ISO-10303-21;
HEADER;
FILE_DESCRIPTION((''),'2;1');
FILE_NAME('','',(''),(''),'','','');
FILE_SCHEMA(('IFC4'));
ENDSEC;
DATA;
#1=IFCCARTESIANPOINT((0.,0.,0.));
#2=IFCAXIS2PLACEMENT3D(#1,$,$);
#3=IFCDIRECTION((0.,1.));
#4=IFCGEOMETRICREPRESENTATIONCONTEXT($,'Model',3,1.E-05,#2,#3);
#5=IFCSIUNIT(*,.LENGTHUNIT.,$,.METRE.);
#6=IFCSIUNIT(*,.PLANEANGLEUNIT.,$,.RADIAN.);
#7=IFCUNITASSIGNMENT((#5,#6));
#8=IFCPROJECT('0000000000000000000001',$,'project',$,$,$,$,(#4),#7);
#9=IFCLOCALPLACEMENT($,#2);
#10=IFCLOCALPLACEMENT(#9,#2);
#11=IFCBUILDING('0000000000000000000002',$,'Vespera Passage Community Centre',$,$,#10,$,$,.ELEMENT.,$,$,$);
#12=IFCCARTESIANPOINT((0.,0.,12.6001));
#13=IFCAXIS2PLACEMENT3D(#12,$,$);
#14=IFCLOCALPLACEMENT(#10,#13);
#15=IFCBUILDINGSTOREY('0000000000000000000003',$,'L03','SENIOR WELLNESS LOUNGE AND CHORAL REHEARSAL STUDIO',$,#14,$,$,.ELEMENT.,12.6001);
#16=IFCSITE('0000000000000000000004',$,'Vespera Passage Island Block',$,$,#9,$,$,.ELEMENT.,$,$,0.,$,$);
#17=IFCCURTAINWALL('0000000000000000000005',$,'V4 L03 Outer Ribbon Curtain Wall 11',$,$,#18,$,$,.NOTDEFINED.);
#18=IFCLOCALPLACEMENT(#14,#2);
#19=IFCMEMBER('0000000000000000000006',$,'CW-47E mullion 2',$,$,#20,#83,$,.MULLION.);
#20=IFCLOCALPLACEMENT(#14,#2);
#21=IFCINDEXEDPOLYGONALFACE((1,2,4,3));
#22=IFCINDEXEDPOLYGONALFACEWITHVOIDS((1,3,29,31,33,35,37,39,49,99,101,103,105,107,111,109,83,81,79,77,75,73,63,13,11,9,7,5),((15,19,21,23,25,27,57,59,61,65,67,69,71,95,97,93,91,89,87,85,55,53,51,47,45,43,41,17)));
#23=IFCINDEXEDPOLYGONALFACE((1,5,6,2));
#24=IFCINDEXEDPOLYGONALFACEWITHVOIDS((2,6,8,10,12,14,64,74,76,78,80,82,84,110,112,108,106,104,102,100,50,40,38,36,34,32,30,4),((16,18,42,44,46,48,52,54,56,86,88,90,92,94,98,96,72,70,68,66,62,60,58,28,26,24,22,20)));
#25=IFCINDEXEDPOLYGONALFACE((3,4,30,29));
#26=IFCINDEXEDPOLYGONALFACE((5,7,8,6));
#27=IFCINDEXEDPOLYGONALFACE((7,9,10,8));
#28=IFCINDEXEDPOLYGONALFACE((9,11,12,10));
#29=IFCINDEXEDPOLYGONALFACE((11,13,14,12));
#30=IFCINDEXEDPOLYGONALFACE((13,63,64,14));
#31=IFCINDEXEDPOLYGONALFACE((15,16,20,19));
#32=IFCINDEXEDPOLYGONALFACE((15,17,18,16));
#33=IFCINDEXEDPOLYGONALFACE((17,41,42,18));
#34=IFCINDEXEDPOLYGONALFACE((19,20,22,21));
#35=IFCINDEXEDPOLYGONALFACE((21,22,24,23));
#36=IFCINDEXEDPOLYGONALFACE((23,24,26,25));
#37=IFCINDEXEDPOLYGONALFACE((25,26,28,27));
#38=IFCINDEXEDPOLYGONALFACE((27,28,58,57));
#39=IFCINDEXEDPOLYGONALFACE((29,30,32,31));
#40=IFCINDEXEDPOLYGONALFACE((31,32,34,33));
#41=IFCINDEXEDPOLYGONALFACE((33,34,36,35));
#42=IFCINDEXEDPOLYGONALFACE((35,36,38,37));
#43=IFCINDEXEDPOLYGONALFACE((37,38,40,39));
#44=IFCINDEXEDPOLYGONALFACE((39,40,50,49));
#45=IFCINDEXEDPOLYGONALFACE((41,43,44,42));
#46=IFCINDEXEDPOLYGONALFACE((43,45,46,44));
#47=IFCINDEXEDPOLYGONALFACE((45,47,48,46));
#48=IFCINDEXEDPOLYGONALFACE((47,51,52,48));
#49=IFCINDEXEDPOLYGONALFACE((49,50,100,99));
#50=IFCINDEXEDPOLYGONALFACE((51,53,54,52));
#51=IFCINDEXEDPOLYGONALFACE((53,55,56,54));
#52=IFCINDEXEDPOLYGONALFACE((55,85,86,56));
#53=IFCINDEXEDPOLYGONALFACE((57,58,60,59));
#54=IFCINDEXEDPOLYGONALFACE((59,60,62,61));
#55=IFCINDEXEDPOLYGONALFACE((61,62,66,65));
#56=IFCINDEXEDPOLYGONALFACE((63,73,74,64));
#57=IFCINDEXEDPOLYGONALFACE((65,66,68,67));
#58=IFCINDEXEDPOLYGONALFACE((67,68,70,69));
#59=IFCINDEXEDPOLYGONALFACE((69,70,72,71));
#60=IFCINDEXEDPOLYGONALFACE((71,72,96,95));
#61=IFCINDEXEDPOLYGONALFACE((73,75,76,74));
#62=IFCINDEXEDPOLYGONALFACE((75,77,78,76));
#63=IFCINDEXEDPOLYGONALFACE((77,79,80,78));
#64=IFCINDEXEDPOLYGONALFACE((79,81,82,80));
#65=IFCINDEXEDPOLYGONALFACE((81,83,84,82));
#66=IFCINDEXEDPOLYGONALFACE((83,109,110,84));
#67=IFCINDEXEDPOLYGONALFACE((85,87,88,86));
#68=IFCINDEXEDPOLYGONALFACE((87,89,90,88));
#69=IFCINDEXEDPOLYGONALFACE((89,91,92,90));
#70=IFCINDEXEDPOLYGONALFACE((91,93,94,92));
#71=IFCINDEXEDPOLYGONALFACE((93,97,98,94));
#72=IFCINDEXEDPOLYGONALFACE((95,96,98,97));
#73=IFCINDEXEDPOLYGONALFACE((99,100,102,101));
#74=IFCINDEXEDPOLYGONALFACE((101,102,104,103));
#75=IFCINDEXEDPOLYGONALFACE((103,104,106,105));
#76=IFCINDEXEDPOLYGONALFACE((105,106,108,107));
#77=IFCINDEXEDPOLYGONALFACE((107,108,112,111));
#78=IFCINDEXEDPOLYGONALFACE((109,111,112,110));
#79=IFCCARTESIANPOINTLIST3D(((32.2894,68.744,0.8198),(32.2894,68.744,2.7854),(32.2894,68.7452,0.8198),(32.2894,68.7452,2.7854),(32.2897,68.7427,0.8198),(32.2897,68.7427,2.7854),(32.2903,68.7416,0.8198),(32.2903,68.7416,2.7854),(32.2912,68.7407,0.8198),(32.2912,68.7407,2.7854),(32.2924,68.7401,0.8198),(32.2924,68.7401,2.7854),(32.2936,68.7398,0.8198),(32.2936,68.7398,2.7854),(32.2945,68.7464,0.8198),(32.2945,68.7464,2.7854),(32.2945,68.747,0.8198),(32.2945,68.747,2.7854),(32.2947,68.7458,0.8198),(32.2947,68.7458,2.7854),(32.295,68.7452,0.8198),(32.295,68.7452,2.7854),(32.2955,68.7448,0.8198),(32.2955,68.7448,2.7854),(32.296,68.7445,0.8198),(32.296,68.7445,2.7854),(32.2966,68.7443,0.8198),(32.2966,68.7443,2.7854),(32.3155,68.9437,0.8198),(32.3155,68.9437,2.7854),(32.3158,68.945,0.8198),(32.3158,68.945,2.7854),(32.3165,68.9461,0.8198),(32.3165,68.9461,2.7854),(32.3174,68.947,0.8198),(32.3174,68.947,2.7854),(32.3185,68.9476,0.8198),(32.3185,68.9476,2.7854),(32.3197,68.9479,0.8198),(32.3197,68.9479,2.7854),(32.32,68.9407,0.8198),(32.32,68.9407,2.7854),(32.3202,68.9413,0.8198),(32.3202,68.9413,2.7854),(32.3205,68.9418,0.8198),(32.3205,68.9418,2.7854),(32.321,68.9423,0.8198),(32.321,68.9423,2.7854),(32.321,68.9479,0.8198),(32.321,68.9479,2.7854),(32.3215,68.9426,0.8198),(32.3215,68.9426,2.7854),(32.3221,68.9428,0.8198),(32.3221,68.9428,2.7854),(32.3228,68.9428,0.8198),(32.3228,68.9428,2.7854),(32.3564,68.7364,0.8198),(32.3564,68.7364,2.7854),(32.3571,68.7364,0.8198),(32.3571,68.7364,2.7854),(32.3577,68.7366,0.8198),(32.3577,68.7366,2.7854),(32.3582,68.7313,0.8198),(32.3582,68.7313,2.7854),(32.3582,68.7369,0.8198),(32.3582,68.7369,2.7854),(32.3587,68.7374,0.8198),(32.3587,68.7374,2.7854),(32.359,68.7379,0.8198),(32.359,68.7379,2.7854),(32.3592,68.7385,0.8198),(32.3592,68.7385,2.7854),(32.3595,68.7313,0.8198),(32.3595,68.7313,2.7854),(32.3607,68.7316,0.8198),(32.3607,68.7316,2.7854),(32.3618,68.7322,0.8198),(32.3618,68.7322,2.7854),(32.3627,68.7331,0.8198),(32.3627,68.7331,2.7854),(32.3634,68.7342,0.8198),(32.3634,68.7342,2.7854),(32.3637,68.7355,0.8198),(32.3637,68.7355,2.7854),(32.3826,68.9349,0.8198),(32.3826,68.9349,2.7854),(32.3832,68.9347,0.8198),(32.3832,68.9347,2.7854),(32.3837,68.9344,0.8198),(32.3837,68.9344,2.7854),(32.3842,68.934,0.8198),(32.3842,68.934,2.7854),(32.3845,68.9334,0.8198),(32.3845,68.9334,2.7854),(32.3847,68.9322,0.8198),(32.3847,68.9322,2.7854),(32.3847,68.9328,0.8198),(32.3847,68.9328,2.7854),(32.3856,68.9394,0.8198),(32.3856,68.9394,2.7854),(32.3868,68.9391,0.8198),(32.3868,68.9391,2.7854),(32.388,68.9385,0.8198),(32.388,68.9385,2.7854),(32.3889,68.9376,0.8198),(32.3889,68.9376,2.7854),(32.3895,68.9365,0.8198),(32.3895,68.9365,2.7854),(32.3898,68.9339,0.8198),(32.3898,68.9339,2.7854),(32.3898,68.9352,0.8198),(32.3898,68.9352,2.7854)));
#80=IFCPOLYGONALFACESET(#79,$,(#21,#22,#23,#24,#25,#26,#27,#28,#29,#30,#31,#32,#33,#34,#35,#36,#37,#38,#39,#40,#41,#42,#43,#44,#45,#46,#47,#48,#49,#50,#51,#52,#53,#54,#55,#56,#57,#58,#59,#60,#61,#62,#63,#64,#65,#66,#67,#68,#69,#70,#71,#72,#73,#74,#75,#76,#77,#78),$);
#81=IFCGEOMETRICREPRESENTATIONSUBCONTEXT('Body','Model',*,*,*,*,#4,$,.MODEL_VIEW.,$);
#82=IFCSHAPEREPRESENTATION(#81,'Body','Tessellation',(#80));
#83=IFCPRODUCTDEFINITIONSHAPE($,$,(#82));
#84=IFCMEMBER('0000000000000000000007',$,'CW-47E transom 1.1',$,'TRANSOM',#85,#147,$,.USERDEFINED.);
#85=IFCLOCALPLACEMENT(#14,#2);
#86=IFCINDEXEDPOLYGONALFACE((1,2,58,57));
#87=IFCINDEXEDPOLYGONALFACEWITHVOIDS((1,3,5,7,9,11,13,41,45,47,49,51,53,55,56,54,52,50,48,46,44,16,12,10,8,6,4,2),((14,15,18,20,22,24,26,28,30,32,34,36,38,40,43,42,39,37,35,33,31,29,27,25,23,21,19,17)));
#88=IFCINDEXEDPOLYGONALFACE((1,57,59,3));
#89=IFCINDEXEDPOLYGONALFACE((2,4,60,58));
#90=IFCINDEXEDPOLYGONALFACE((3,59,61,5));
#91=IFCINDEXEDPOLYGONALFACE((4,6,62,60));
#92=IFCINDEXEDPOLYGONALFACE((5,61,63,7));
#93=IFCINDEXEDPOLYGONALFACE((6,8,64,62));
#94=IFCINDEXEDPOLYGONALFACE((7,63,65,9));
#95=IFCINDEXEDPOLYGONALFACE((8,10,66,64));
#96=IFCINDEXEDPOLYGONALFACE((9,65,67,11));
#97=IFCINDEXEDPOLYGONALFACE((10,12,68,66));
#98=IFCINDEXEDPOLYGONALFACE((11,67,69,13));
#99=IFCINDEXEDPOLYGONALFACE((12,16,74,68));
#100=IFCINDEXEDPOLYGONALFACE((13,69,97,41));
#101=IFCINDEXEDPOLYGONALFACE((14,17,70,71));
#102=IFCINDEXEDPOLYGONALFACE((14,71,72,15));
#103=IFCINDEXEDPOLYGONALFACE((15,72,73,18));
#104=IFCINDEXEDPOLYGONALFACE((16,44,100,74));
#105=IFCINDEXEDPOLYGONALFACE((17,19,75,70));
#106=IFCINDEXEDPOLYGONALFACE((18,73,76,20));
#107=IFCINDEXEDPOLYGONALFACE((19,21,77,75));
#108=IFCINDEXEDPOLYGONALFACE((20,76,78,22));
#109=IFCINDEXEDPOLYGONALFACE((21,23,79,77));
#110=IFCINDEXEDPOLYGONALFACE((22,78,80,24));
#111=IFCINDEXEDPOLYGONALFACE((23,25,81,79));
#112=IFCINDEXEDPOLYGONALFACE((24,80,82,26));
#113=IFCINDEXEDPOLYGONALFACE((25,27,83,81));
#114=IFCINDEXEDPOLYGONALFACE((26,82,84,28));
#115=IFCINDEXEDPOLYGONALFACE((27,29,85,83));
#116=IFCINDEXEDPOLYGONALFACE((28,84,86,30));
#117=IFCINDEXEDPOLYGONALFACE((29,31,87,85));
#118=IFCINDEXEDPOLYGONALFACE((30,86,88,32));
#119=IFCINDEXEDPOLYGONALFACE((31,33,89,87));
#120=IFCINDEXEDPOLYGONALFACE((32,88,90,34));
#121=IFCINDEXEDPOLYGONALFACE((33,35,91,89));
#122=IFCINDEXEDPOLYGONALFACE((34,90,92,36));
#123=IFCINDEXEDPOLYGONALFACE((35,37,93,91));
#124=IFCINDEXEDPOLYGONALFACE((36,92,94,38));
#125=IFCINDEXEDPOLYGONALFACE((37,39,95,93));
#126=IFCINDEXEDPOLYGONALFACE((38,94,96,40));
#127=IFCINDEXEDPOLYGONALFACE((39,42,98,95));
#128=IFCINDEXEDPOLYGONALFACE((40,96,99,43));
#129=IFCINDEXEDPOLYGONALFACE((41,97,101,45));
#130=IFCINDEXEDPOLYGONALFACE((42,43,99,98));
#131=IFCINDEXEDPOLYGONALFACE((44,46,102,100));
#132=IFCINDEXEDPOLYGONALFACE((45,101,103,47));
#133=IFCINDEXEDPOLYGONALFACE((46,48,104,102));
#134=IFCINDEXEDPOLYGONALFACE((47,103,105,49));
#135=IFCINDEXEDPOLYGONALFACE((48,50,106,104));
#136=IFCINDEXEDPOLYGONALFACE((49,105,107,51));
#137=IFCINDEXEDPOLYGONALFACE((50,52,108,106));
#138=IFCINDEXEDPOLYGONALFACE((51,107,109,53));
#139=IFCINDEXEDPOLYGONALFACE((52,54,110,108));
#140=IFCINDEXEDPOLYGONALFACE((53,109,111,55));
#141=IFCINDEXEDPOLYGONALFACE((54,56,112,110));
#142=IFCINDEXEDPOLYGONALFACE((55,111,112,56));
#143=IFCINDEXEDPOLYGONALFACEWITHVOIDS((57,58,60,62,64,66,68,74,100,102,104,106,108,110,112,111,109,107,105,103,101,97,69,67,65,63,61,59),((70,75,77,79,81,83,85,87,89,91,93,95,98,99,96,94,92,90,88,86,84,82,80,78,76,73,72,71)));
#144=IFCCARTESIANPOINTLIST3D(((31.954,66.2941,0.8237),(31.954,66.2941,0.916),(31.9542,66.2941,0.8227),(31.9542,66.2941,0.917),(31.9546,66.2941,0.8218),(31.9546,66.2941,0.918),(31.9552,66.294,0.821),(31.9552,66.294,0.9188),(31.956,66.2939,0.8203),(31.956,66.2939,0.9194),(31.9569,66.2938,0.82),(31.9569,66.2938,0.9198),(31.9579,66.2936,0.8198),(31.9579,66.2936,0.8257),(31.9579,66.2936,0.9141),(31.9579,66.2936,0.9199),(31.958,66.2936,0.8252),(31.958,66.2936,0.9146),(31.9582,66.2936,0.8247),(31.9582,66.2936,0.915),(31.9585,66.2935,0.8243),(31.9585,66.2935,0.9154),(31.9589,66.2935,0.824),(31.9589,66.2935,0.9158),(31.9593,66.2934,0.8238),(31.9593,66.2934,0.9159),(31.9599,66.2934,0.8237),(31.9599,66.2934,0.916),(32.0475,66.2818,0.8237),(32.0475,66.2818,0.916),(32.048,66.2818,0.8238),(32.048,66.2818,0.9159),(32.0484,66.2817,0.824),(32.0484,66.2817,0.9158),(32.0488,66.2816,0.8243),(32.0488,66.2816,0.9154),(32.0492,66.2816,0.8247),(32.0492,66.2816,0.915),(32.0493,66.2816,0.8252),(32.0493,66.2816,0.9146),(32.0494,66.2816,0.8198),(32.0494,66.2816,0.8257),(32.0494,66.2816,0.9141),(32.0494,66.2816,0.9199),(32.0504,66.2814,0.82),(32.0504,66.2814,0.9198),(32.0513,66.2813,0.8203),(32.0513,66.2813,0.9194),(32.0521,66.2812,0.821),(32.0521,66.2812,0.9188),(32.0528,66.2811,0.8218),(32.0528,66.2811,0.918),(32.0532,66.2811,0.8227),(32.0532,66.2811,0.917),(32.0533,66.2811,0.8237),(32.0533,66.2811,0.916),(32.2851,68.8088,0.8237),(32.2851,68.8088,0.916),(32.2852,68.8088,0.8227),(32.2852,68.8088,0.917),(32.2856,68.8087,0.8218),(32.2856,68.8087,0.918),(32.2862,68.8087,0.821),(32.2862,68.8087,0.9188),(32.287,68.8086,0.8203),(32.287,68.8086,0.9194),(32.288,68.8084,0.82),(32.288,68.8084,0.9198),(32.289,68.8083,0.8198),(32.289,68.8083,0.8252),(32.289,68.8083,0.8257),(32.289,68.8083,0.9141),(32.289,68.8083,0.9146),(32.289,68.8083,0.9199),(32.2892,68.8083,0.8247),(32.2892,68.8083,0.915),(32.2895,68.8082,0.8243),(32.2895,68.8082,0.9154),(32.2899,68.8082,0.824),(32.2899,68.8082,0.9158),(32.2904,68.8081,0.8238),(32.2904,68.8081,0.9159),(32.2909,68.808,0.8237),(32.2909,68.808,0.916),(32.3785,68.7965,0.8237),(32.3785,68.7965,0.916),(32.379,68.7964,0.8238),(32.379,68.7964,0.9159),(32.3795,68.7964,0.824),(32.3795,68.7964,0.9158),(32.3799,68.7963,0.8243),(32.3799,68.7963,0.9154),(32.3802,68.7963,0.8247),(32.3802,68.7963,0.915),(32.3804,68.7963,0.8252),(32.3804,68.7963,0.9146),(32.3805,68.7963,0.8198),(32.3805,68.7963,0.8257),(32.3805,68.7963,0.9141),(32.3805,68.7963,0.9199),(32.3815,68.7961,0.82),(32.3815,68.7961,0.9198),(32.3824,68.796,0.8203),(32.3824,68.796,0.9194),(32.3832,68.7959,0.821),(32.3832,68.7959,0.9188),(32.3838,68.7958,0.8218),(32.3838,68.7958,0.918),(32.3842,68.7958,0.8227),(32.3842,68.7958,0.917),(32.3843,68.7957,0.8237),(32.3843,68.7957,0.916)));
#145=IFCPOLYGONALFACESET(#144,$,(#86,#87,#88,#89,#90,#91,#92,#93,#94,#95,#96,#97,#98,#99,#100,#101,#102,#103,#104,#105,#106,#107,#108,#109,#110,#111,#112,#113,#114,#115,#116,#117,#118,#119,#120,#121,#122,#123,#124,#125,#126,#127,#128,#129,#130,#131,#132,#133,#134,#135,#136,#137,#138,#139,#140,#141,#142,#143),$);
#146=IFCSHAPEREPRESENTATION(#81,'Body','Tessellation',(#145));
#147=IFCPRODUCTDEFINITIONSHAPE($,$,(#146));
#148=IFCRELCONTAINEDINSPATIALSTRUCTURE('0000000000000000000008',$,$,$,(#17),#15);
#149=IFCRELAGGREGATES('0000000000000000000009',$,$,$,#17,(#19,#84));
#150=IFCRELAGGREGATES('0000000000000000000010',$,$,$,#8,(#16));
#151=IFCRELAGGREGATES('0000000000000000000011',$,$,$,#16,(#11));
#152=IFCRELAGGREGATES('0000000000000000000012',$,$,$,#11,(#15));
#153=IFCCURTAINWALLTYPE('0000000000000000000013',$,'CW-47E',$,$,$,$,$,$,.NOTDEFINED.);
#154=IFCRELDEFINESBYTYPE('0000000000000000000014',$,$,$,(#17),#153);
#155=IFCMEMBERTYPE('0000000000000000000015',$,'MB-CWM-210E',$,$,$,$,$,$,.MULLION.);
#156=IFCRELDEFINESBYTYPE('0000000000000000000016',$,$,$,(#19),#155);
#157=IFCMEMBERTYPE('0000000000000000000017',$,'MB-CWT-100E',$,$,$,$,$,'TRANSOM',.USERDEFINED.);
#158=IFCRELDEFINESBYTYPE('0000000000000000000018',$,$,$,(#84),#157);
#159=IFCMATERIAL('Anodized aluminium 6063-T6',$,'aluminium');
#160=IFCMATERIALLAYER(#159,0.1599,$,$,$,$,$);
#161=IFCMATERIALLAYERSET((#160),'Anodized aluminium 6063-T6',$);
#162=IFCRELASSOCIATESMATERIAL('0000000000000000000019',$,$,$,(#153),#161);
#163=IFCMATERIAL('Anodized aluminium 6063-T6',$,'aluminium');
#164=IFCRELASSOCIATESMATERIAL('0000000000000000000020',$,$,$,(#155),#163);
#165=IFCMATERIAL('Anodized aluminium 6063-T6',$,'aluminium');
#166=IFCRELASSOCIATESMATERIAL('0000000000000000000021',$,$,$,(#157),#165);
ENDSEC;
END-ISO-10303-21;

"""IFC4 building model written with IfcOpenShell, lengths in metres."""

from ifc_helpers import new_model, si_unit, direction, frame, origin, origin_2d, place, context, subcontext, project, spatial, hollow_rectangle, extrude, material, layer, layer_set, material_profile, profile_set, type_object, element, aggregate, save


model = new_model("IFC4")

# Units and contexts
model_context = context("Model", 3, precision=1e-05, world=origin(), true_north=direction((0.0, 1.0)))
body_context = subcontext(model_context, "Body", "Model", "MODEL_VIEW")
ifc_project = project(units=[si_unit("LENGTHUNIT", "METRE"), si_unit("PLANEANGLEUNIT", "RADIAN")], contexts=[model_context])

# Site, building, storey
site_placement = place(None, origin())
site = spatial("IfcSite", under=ifc_project, at=site_placement, Name="Vespera Passage Island Block", CompositionType="ELEMENT", RefElevation=0.0)
building_placement = place(site_placement, origin())
building = spatial("IfcBuilding", under=site, at=building_placement, Name="Vespera Passage Community Centre", CompositionType="ELEMENT")
storey_placement = place(building_placement, frame((0.0, 0.0, 12.6001)))
storey = spatial("IfcBuildingStorey", under=building, at=storey_placement, Name="L03", Description="SENIOR WELLNESS LOUNGE AND CHORAL REHEARSAL STUDIO", CompositionType="ELEMENT", Elevation=12.6001)

# Curtain wall, members
ifc_material_1 = material(Name="Anodized aluminium 6063-T6", Category="aluminium")
ifc_layer_1 = layer(ifc_material_1, 0.1599)
ifc_layer_set_1 = layer_set([ifc_layer_1], Name="Anodized aluminium 6063-T6")
curtain_wall_type = type_object("IfcCurtainWallType", Name="CW-47E", PredefinedType="NOTDEFINED", material=ifc_layer_set_1)
curtain_wall_placement = place(storey_placement, origin())
curtain_wall = element("IfcCurtainWall", 1, at=curtain_wall_placement, inside=storey, type_object=curtain_wall_type, Name="V4 L03 Outer Ribbon Curtain Wall 11", PredefinedType="NOTDEFINED")
ifc_material_2 = material(Name="Anodized aluminium 6063-T6", Category="aluminium")
ifc_material_profile_1 = material_profile(ifc_material_2, hollow_rectangle(XDim=0.075, YDim=0.21, WallThickness=0.0049, InnerFilletRadius=0.0024, OuterFilletRadius=0.0049, at=origin_2d()), Name="ALU210X75X5")
ifc_profile_set_1 = profile_set([ifc_material_profile_1], Name="Anodized aluminium 6063-T6")
member_type_1 = type_object("IfcMemberType", Name="MB-CWM-210E", PredefinedType="MULLION", material=ifc_profile_set_1)
member_1_placement = place(storey_placement, frame((32.3396, 68.8396, 0.8198), z_axis=(0.0, 0.0, 1.0), x_axis=(-0.991445, 0.130523, 0.0)))
member_1 = element("IfcMember", 2, at=member_1_placement, type_object=member_type_1, Name="CW-47E mullion 2", PredefinedType="MULLION", context=body_context, shape_type="SweptSolid", body=[
    extrude(hollow_rectangle(XDim=0.075, YDim=0.21, WallThickness=0.0049, InnerFilletRadius=0.0024, OuterFilletRadius=0.0049, at=origin_2d()), origin(), (0.0, 0.0, 1.0), 1.9656),
])
ifc_material_3 = material(Name="Anodized aluminium 6063-T6", Category="aluminium")
ifc_material_profile_2 = material_profile(ifc_material_3, hollow_rectangle(XDim=0.1001, YDim=0.1001, WallThickness=0.0039, InnerFilletRadius=0.002, OuterFilletRadius=0.0039, at=origin_2d()), Name="ALU100X100X4")
ifc_profile_set_2 = profile_set([ifc_material_profile_2], Name="Anodized aluminium 6063-T6")
member_type_2 = type_object("IfcMemberType", Name="MB-CWT-100E", ElementType="TRANSOM", PredefinedType="USERDEFINED", material=ifc_profile_set_2)
member_2_placement = place(storey_placement, frame((32.0037, 66.2876, 0.8699), z_axis=(0.130524, 0.991445, 0.0), x_axis=(-0.991445, 0.130524, 0.0)))
member_2 = element("IfcMember", 3, at=member_2_placement, type_object=member_type_2, Name="CW-47E transom 1.1", ObjectType="TRANSOM", PredefinedType="USERDEFINED", context=body_context, shape_type="SweptSolid", body=[
    extrude(hollow_rectangle(XDim=0.1001, YDim=0.1001, WallThickness=0.0039, InnerFilletRadius=0.002, OuterFilletRadius=0.0039, at=origin_2d()), origin(), (0.0, 0.0, 1.0), 2.5364),
])
aggregate(curtain_wall, [member_1, member_2])

save(model, "model.ifc")
